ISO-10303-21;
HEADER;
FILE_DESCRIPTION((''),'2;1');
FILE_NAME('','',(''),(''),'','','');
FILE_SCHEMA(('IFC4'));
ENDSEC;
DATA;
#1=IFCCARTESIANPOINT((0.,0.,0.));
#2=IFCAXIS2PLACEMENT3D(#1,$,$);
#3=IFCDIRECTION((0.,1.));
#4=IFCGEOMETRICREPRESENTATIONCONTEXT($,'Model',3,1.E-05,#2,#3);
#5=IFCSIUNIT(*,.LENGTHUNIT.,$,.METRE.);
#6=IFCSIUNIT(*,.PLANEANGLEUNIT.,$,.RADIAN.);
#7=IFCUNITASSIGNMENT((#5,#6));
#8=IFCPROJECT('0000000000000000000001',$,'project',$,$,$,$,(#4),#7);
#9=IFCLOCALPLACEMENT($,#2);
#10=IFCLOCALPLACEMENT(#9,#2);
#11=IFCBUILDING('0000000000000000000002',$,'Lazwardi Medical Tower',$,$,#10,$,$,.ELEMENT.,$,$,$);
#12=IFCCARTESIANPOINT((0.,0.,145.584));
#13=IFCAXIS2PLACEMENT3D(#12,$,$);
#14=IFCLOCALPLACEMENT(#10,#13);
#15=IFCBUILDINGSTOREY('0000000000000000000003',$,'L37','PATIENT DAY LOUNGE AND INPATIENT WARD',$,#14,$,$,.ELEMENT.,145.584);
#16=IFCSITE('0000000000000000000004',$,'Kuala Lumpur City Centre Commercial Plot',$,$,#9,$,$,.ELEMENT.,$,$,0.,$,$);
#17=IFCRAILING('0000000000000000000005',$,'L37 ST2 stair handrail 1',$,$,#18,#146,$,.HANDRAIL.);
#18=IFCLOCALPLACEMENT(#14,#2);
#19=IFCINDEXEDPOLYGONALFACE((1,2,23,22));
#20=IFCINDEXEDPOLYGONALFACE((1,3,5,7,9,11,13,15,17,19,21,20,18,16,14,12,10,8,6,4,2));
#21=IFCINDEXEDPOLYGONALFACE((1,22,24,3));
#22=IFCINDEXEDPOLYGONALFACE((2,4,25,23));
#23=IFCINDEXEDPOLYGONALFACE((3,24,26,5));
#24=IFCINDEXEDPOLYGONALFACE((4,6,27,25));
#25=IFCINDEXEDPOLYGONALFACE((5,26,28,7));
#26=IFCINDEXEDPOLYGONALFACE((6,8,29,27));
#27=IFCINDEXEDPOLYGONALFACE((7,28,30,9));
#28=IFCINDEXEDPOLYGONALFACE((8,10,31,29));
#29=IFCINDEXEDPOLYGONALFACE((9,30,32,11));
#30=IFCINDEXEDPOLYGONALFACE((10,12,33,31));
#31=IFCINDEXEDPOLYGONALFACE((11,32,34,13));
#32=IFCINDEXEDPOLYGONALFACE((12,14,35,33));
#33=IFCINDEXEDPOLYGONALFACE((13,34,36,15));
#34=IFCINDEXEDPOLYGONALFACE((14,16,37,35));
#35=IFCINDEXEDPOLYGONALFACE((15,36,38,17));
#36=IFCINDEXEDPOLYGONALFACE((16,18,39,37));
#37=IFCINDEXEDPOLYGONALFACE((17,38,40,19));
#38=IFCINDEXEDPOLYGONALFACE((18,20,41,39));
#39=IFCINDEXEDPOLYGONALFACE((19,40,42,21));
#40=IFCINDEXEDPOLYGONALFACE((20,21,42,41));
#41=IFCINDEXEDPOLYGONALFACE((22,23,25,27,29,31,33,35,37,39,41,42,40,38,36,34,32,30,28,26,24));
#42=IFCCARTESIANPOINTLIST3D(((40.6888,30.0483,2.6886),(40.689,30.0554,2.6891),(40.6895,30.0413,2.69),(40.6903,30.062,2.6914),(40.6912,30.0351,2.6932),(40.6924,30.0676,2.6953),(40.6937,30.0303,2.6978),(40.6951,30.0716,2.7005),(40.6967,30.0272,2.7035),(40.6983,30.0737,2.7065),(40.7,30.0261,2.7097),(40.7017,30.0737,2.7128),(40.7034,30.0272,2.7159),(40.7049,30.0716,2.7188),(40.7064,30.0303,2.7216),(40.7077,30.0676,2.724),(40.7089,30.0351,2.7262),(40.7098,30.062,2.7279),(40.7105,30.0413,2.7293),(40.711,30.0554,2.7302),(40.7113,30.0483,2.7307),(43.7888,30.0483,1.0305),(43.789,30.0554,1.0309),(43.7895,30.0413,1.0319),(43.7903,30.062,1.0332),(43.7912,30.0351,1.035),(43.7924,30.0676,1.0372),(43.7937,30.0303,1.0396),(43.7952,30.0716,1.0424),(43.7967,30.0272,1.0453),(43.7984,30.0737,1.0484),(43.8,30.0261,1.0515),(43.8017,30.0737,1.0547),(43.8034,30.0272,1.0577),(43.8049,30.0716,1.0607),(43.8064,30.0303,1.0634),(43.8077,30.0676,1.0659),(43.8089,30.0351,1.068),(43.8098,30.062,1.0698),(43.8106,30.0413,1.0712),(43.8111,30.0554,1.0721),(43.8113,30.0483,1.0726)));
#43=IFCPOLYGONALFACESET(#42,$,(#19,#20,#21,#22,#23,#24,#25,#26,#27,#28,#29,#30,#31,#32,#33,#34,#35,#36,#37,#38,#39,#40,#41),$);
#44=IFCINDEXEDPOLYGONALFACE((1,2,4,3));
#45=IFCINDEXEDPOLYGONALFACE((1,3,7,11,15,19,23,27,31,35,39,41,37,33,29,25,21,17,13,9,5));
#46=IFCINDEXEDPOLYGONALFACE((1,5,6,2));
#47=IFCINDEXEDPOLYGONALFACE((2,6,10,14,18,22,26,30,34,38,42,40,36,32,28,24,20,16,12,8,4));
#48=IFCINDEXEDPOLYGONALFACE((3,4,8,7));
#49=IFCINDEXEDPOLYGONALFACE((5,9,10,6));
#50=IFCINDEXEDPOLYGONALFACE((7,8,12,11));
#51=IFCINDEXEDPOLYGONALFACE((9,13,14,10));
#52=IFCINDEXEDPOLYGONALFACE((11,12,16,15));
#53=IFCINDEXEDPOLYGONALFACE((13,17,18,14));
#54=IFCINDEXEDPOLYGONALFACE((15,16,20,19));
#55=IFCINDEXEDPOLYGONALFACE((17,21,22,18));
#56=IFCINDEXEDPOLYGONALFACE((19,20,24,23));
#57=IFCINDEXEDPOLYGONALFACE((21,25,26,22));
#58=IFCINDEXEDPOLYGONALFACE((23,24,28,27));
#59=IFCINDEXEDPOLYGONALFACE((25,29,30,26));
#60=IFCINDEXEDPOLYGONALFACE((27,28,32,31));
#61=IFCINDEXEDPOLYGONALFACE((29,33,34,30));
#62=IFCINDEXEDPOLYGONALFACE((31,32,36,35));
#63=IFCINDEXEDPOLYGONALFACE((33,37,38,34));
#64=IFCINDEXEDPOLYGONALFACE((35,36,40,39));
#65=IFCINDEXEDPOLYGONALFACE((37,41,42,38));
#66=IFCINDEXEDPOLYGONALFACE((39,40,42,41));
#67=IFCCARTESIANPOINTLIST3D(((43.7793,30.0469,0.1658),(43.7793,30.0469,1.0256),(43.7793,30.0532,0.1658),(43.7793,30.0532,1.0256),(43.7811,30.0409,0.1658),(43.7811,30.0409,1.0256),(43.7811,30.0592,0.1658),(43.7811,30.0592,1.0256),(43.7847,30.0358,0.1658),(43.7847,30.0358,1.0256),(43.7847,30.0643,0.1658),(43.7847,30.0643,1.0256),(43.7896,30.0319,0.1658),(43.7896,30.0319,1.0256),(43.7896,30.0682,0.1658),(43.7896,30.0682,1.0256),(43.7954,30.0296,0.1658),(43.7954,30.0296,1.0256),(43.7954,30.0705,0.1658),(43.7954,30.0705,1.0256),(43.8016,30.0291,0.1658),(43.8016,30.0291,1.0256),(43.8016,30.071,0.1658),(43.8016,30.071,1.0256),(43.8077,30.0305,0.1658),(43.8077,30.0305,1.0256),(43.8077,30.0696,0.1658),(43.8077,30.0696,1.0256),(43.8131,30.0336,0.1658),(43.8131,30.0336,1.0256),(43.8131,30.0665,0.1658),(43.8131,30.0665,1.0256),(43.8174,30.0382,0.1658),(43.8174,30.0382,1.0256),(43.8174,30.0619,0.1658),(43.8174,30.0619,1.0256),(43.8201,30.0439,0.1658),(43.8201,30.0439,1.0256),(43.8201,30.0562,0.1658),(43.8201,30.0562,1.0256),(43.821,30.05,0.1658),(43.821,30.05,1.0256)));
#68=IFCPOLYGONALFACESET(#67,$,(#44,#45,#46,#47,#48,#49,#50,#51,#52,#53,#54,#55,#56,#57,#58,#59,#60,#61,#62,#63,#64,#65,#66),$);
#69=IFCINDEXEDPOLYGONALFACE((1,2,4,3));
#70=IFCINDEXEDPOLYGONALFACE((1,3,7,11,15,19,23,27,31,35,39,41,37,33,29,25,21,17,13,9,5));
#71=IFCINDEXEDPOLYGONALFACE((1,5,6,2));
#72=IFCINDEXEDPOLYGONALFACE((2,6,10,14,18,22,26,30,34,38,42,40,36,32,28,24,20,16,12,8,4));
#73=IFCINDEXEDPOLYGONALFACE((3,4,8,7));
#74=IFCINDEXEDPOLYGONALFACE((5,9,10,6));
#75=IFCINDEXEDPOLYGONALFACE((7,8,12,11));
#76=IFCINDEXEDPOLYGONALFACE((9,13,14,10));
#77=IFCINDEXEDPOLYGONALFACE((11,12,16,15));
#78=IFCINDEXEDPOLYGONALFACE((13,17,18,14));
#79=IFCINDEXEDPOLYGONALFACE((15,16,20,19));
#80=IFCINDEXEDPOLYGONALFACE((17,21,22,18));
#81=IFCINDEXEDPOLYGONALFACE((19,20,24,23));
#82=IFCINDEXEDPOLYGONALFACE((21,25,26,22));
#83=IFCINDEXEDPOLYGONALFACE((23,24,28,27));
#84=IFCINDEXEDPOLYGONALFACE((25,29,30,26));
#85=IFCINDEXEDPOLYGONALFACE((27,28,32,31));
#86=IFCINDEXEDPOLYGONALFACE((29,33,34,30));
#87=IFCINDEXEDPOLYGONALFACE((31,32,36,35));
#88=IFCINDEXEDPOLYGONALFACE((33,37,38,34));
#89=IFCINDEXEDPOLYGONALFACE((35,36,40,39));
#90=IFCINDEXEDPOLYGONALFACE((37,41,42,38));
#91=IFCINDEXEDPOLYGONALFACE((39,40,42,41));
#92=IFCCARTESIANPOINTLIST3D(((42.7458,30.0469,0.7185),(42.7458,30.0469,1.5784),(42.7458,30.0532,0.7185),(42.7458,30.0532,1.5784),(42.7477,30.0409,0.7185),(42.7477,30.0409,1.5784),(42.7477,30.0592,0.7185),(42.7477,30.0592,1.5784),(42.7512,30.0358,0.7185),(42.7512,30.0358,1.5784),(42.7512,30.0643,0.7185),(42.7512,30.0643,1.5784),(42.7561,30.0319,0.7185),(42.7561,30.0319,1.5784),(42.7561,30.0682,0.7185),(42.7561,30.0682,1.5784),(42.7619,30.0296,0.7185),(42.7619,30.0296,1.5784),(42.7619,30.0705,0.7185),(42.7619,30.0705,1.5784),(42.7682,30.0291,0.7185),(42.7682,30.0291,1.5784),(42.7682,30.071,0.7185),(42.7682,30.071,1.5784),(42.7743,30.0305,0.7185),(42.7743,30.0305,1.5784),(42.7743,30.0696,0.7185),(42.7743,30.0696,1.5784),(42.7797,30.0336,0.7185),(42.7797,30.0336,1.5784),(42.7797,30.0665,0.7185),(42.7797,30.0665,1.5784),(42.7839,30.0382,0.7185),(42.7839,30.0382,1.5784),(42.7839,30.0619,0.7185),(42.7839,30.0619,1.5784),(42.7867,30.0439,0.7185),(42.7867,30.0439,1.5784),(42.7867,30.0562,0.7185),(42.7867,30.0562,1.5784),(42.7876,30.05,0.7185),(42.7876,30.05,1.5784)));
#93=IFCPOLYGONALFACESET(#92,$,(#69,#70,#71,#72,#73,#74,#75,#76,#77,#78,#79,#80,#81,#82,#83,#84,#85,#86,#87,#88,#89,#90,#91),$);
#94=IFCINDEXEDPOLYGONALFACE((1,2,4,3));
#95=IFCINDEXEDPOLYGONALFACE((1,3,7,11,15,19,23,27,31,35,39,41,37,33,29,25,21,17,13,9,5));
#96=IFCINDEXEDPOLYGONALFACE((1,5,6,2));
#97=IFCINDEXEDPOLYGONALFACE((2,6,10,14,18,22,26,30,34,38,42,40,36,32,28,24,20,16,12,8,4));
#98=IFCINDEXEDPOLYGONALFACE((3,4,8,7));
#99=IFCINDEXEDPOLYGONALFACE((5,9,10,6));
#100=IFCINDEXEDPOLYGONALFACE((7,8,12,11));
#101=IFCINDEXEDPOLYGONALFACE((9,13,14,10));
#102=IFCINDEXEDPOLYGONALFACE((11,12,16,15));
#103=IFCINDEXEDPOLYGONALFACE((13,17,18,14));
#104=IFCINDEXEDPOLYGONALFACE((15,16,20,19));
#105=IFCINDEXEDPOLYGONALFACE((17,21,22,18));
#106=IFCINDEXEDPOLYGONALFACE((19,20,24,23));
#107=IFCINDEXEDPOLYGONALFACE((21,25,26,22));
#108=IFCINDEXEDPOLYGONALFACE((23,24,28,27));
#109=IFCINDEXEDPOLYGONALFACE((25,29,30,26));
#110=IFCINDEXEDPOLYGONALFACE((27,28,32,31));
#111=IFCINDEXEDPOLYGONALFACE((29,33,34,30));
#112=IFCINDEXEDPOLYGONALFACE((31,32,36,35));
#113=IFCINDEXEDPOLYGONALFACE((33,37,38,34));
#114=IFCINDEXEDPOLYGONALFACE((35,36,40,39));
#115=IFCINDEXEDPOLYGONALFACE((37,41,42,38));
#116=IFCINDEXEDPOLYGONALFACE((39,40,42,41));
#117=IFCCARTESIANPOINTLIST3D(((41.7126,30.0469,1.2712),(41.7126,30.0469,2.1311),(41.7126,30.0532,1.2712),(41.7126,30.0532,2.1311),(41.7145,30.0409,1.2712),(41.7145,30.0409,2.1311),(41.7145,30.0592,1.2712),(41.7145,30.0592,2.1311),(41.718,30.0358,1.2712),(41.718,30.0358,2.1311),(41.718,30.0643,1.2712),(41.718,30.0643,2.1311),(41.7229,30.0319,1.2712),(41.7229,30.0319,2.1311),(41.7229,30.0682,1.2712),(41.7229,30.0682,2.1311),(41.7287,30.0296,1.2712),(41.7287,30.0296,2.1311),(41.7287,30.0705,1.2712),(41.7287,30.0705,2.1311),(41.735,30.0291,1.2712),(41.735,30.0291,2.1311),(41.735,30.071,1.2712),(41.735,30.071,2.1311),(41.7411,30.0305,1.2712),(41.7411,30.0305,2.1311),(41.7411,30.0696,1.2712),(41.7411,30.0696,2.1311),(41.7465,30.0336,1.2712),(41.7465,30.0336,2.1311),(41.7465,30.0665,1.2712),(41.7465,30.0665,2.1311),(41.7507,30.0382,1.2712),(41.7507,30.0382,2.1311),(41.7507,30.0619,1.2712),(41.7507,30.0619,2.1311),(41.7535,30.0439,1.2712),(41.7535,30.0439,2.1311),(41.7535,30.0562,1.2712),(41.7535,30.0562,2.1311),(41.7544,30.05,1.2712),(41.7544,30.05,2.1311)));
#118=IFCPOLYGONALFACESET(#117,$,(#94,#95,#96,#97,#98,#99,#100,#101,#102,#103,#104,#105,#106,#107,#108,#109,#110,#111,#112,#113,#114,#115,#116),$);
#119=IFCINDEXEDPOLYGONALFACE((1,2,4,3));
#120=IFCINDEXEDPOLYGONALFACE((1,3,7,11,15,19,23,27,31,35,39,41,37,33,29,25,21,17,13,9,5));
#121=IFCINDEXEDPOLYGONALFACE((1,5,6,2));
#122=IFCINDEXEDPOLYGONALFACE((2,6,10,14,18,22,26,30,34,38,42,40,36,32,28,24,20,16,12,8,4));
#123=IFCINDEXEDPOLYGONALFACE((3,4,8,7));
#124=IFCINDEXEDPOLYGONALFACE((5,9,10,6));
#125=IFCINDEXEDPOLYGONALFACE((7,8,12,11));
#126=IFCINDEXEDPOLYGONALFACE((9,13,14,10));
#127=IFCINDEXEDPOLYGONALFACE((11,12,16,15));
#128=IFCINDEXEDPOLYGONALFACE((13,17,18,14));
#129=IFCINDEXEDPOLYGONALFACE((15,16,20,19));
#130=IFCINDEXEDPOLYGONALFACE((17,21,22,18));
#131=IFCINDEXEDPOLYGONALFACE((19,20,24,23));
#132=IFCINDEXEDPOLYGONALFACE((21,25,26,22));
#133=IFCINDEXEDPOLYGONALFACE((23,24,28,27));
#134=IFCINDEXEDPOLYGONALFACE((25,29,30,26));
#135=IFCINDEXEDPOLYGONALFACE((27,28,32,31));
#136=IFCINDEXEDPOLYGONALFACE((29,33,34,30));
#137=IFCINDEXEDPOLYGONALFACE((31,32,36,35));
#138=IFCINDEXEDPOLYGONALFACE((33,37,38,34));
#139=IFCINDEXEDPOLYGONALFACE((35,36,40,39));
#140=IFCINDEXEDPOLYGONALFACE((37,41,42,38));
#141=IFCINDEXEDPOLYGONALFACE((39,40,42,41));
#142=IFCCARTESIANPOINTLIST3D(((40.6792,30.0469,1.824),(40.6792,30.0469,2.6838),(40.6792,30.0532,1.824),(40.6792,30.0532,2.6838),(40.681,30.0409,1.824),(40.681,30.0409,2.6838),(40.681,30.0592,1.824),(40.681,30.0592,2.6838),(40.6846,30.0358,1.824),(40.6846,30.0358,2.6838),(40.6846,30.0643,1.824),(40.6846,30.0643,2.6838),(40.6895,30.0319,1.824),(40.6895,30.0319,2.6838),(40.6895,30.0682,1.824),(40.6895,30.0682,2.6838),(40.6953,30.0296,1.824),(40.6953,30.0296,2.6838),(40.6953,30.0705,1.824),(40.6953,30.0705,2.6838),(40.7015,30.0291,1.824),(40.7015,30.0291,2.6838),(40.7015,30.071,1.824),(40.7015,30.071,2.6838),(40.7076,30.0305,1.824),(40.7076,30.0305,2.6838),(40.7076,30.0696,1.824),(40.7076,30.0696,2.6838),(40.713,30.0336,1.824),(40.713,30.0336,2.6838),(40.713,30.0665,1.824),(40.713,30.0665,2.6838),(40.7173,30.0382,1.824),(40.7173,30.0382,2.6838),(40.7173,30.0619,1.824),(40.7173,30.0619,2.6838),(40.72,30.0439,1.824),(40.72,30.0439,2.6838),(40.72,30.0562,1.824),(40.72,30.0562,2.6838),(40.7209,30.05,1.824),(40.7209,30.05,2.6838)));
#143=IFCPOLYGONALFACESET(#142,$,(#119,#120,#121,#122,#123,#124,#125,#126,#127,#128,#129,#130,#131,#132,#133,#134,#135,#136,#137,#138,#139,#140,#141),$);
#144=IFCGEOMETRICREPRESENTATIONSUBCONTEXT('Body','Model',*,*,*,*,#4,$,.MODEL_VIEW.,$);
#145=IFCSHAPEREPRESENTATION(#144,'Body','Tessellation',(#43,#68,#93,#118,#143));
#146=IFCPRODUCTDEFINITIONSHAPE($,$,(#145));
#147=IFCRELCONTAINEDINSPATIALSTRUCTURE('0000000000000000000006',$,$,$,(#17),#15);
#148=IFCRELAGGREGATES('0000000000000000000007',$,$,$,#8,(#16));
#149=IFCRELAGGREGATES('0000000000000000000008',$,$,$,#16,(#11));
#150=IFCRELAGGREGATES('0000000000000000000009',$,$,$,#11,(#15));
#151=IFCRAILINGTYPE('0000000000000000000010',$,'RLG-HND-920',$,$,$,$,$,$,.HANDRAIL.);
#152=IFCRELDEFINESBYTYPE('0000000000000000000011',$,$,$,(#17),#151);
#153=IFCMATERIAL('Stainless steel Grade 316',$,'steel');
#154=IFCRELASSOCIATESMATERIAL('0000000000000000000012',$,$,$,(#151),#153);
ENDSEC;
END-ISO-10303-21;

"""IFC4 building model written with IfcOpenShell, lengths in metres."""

from ifc_helpers import new_model, si_unit, direction, frame, origin, origin_2d, place, context, subcontext, project, spatial, circle, extrude, material, type_object, element, save


model = new_model("IFC4")

# Units and contexts
model_context = context("Model", 3, precision=1e-05, world=origin(), true_north=direction((0.0, 1.0)))
body_context = subcontext(model_context, "Body", "Model", "MODEL_VIEW")
ifc_project = project(units=[si_unit("LENGTHUNIT", "METRE"), si_unit("PLANEANGLEUNIT", "RADIAN")], contexts=[model_context])

# Site, building, storey
site_placement = place(None, origin())
site = spatial("IfcSite", under=ifc_project, at=site_placement, Name="Kuala Lumpur City Centre Commercial Plot", CompositionType="ELEMENT", RefElevation=0.0)
building_placement = place(site_placement, origin())
building = spatial("IfcBuilding", under=site, at=building_placement, Name="Lazwardi Medical Tower", CompositionType="ELEMENT")
storey_placement = place(building_placement, frame((0.0, 0.0, 145.584)))
storey = spatial("IfcBuildingStorey", under=building, at=storey_placement, Name="L37", Description="PATIENT DAY LOUNGE AND INPATIENT WARD", CompositionType="ELEMENT", Elevation=145.584)

# Railing
ifc_material_1 = material(Name="Stainless steel Grade 316", Category="steel")
railing_type_1 = type_object("IfcRailingType", Name="RLG-HND-920", PredefinedType="HANDRAIL", material=ifc_material_1)
railing_1_placement = place(storey_placement, frame((43.8, 30.05, 0.1658)))
element("IfcRailing", 1, at=railing_1_placement, inside=storey, type_object=railing_type_1, Name="L37 ST2 stair handrail 1", PredefinedType="HANDRAIL", context=body_context, shape_type="SweptSolid", body=[
    extrude(circle(Radius=0.0239, at=origin_2d()), frame((0.0, 0.0, 0.8857), z_axis=(-0.881783, 0.0, 0.471655), x_axis=(0.0, -1.0, 0.0)), (0.0, 0.0, 1.0), 3.5156),
    extrude(circle(Radius=0.021, at=origin_2d()), origin(), (0.0, 0.0, 1.0), 0.8599),
    extrude(circle(Radius=0.021, at=origin_2d()), frame((-1.0334, 0.0, 0.5527)), (0.0, 0.0, 1.0), 0.8599),
    extrude(circle(Radius=0.021, at=origin_2d()), frame((-2.0667, 0.0, 1.1055)), (0.0, 0.0, 1.0), 0.8599),
    extrude(circle(Radius=0.021, at=origin_2d()), frame((-3.1001, 0.0, 1.6582)), (0.0, 0.0, 1.0), 0.8599),
])

save(model, "model.ifc")
